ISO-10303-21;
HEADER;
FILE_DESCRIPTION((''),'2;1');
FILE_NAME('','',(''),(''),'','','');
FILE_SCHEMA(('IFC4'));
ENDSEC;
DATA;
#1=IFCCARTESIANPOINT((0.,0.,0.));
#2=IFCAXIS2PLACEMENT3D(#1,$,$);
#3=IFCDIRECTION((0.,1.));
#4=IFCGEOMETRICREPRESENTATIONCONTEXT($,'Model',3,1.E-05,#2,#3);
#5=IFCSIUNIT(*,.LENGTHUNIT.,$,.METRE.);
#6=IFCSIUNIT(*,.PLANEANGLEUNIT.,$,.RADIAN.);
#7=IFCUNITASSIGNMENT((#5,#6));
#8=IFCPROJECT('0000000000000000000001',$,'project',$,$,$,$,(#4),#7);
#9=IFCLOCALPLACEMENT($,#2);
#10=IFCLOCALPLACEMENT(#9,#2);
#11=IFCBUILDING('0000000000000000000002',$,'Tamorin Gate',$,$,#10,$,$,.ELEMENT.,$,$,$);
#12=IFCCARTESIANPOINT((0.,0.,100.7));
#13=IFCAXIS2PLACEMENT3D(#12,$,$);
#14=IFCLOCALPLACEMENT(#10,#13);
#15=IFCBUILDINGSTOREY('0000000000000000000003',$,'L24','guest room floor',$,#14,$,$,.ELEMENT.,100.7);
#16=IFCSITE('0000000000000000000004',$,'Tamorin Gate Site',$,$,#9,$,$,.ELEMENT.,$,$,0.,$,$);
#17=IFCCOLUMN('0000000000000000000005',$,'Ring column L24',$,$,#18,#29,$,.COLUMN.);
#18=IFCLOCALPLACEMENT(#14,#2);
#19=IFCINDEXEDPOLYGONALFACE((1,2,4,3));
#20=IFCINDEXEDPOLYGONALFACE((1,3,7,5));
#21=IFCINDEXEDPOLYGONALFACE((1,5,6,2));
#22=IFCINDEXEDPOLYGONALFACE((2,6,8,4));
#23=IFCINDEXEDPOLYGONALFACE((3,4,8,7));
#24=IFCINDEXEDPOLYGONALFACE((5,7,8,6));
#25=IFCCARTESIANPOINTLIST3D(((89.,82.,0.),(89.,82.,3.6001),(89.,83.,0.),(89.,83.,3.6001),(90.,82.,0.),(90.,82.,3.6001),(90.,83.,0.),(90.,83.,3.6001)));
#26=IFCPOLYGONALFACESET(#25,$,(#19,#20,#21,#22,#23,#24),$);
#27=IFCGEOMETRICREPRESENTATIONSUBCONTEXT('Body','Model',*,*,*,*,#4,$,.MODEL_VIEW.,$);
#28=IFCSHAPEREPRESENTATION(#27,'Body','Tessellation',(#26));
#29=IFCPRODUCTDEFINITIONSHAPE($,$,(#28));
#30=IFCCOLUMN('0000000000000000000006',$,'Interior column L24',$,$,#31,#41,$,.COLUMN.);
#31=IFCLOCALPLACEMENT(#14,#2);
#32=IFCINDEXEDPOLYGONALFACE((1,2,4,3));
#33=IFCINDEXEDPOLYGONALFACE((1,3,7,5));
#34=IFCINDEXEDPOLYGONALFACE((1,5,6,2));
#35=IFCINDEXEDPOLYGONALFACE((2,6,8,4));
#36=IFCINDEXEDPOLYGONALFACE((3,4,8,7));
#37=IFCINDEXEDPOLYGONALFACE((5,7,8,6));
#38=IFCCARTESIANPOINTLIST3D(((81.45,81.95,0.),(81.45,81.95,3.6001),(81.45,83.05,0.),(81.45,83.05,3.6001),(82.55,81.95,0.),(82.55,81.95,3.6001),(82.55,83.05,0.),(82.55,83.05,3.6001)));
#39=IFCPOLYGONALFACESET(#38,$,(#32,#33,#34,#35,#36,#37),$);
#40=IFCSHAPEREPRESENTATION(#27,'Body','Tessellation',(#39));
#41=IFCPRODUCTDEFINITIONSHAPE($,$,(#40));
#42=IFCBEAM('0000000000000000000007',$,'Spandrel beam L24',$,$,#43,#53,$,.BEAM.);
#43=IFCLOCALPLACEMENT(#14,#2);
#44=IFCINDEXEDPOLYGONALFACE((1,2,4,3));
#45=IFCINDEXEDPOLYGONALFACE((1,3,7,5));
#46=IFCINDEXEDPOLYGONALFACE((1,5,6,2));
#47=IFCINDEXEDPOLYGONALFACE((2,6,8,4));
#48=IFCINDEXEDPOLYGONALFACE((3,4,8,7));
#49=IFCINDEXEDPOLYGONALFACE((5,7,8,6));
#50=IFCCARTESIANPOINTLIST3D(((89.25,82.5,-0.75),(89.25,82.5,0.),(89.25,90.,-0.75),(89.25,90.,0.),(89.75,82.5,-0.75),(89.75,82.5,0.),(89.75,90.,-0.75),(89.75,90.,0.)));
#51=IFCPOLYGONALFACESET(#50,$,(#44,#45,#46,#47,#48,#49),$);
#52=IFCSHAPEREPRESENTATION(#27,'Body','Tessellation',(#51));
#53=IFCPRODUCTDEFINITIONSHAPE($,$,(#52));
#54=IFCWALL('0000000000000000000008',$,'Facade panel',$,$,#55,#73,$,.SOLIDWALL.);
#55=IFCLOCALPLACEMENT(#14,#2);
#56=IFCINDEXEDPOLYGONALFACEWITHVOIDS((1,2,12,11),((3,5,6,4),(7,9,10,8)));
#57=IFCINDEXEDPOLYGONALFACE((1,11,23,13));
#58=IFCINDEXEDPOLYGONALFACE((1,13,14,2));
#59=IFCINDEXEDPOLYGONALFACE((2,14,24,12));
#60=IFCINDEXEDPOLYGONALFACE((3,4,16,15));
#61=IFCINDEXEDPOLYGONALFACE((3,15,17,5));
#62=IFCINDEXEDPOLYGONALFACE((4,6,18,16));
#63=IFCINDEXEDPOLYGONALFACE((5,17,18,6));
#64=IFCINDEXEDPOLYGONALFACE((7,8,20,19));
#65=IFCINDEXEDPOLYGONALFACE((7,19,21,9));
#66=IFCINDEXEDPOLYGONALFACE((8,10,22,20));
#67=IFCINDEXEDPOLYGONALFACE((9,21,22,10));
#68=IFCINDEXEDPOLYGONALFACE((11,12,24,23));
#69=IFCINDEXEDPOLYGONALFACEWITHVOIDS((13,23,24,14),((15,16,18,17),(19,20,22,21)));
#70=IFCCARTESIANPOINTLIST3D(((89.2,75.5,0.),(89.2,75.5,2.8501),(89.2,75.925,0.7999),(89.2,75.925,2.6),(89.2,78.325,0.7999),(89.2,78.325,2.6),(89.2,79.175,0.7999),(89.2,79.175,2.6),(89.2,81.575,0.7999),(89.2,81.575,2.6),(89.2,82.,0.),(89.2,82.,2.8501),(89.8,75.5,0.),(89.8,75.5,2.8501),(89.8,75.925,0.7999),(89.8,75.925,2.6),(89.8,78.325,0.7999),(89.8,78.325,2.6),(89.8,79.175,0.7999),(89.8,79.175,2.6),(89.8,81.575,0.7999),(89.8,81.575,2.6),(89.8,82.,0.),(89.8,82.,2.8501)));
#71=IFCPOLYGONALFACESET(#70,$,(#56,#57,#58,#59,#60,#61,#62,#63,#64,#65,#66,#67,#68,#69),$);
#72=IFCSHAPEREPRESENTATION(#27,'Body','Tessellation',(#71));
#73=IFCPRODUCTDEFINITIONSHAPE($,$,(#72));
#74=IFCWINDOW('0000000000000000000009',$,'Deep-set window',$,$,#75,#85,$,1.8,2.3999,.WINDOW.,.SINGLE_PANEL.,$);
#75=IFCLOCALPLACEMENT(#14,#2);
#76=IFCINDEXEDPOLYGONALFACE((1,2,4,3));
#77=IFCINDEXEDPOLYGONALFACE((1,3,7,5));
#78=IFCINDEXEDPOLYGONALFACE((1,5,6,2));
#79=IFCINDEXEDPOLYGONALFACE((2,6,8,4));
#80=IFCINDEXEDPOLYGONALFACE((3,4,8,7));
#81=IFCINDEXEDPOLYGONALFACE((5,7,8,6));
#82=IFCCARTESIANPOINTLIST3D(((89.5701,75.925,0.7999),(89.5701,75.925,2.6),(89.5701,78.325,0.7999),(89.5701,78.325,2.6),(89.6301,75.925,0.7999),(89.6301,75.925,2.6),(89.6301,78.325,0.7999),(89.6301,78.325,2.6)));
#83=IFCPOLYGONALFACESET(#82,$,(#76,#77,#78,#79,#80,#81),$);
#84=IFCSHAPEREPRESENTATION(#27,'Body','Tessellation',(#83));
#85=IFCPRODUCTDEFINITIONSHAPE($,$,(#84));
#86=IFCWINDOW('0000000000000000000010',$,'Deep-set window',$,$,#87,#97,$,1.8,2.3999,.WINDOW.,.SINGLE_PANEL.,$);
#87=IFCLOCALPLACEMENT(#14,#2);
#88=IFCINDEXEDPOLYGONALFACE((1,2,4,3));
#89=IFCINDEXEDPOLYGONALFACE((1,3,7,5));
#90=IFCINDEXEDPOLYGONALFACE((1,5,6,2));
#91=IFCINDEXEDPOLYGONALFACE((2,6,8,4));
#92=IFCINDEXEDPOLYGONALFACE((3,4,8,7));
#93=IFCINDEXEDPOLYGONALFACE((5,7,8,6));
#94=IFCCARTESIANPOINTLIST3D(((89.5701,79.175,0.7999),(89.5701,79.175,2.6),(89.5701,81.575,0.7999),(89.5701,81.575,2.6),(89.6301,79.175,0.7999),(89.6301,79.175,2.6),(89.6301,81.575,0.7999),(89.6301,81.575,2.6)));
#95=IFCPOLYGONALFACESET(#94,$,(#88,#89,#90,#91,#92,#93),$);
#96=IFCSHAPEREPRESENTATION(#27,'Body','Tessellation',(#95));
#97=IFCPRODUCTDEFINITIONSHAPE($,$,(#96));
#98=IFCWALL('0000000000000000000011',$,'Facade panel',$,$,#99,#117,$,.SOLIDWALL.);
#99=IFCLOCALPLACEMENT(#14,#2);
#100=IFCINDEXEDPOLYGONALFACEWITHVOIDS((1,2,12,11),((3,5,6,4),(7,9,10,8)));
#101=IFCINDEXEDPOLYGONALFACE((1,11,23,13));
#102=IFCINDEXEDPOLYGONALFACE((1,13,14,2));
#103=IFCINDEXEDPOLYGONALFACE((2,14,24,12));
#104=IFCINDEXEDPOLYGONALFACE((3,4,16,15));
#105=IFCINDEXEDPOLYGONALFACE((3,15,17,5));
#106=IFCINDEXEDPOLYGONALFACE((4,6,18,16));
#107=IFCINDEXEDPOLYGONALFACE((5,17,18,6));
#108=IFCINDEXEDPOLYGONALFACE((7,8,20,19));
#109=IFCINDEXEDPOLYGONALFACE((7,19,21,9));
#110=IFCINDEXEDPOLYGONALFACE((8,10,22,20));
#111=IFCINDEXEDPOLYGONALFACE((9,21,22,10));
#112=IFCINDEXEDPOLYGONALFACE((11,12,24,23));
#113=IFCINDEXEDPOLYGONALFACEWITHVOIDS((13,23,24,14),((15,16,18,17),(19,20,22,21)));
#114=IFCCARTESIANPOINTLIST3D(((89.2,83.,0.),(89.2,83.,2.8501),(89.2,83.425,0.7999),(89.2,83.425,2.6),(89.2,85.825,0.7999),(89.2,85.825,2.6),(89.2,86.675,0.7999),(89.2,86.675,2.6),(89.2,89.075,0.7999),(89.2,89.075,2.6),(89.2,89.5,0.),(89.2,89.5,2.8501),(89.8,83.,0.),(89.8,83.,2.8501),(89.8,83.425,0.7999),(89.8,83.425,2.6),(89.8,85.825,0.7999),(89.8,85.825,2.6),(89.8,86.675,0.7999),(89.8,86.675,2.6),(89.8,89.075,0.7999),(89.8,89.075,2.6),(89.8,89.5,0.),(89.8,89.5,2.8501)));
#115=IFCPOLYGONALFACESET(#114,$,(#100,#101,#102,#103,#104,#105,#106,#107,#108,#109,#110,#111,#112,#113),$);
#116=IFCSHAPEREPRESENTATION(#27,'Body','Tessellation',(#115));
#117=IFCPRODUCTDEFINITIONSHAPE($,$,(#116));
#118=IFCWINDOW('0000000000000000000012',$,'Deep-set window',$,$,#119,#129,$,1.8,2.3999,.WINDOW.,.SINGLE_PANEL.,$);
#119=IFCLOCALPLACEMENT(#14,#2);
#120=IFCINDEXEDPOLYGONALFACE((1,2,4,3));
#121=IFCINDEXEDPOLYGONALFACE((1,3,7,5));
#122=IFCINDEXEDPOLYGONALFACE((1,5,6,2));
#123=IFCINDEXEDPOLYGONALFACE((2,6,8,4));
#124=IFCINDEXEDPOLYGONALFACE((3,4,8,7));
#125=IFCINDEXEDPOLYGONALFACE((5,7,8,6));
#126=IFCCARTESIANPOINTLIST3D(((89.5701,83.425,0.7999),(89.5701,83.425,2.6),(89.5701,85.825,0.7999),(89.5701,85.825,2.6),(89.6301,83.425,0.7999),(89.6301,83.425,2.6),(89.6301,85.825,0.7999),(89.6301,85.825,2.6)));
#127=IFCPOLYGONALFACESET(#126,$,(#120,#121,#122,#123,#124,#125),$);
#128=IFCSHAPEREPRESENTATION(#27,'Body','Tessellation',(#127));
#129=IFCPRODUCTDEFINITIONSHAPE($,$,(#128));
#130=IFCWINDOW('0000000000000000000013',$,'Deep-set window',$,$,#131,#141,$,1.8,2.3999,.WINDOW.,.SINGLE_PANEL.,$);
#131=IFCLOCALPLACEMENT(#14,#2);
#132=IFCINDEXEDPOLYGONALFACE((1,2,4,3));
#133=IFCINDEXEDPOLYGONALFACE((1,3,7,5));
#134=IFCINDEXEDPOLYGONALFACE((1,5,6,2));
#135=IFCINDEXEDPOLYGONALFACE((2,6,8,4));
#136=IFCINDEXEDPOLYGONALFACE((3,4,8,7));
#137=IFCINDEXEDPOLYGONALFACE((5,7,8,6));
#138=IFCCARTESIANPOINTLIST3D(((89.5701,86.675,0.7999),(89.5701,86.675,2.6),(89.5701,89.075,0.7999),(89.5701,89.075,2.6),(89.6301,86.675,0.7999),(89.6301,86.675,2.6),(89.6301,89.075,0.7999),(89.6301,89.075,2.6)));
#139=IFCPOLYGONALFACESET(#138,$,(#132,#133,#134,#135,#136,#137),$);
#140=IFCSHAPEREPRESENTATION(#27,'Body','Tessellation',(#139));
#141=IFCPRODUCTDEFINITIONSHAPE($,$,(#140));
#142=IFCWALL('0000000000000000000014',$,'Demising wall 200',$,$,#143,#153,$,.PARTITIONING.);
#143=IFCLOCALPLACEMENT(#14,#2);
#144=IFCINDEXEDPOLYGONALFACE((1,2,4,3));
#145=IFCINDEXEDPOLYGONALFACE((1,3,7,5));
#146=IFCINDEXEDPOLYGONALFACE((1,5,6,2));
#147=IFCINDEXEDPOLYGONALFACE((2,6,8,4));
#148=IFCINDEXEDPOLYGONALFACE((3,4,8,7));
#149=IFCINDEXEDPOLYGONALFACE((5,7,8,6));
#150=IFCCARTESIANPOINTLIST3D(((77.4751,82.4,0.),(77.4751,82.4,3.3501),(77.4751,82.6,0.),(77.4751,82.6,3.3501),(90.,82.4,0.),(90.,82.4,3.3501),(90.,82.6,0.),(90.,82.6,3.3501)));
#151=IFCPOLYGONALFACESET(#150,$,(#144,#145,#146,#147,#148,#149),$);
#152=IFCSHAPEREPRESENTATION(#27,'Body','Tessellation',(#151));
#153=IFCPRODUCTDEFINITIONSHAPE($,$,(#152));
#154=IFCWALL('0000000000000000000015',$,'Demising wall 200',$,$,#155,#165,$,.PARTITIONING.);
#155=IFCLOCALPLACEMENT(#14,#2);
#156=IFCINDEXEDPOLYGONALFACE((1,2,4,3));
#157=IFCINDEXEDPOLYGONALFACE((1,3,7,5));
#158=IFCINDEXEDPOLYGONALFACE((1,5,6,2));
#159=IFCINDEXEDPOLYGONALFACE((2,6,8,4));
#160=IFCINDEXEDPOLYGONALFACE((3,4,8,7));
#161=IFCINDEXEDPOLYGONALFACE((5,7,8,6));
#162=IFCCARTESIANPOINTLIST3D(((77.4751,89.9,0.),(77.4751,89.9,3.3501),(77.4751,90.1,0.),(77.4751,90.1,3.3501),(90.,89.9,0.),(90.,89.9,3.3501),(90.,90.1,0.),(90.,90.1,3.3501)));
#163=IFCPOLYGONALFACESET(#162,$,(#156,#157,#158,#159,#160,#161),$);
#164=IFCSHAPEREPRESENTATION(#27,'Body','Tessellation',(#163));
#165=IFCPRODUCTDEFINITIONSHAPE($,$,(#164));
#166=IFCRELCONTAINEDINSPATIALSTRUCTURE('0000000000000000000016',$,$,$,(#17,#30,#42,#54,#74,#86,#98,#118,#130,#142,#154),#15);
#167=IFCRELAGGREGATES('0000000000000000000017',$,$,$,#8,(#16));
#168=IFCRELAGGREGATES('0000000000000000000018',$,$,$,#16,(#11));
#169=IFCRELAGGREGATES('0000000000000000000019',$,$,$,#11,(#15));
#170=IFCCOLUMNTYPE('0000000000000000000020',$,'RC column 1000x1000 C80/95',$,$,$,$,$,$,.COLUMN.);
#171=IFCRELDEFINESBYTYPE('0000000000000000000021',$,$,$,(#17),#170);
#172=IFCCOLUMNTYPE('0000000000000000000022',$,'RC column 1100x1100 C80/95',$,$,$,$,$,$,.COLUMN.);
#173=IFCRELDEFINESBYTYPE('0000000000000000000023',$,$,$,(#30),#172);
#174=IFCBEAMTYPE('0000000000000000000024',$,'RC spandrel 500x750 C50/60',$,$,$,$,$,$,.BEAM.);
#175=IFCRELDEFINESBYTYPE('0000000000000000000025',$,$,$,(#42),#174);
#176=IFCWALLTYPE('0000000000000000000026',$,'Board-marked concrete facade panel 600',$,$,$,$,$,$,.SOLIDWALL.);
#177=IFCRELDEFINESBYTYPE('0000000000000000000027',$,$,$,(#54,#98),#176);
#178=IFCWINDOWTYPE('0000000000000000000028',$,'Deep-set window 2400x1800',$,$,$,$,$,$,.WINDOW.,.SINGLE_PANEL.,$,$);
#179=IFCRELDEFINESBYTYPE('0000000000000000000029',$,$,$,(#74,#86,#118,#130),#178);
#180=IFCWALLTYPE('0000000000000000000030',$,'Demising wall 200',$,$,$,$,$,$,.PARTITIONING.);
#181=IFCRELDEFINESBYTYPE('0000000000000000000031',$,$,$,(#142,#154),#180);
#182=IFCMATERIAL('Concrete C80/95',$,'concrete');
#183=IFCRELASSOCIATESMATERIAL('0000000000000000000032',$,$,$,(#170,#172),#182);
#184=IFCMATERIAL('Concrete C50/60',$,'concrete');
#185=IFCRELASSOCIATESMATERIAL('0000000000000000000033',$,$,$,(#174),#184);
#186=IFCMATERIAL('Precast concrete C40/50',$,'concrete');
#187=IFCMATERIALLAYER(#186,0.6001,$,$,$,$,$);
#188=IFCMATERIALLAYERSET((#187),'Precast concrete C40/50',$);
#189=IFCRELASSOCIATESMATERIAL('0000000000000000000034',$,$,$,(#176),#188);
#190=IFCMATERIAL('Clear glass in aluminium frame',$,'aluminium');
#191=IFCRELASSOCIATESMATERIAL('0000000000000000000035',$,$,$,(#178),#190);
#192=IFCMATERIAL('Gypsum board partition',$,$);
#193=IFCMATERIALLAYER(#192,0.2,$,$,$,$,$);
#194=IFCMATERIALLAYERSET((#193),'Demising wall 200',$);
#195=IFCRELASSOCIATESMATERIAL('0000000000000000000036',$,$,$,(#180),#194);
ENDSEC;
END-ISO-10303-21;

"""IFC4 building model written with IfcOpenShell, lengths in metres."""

from ifc_helpers import new_model, si_unit, direction, frame, frame_2d, origin, origin_2d, place, context, subcontext, project, spatial, rectangle, extrude, material, layer, layer_set, material_profile, profile_set, type_object, element, fill, save


model = new_model("IFC4")

# Units and contexts
model_context = context("Model", 3, precision=1e-05, world=origin(), true_north=direction((0.0, 1.0)))
body_context = subcontext(model_context, "Body", "Model", "MODEL_VIEW")
ifc_project = project(units=[si_unit("LENGTHUNIT", "METRE"), si_unit("PLANEANGLEUNIT", "RADIAN")], contexts=[model_context])

# Site, building, storey
site_placement = place(None, origin())
site = spatial("IfcSite", under=ifc_project, at=site_placement, Name="Tamorin Gate Site", CompositionType="ELEMENT", RefElevation=0.0)
building_placement = place(site_placement, origin())
building = spatial("IfcBuilding", under=site, at=building_placement, Name="Tamorin Gate", CompositionType="ELEMENT")
storey_placement = place(building_placement, frame((0.0, 0.0, 100.7)))
storey = spatial("IfcBuildingStorey", under=building, at=storey_placement, Name="L24", Description="guest room floor", CompositionType="ELEMENT", Elevation=100.7)

# Columns
ifc_material_1 = material(Name="Concrete C80/95", Category="concrete")
ifc_material_profile_1 = material_profile(ifc_material_1, rectangle(XDim=1.0, YDim=1.0, at=origin_2d()), Name="RC 1000x1000")
ifc_profile_set_1 = profile_set([ifc_material_profile_1], Name="Concrete C80/95")
column_type_1 = type_object("IfcColumnType", Name="RC column 1000x1000 C80/95", PredefinedType="COLUMN", material=ifc_profile_set_1)
column_1_placement = place(storey_placement, frame((89.5, 82.5, 0.0), z_axis=(0.0, 0.0, 1.0), x_axis=(1.0, 0.0, 0.0)))
element("IfcColumn", 1, at=column_1_placement, inside=storey, type_object=column_type_1, Name="Ring column L24", PredefinedType="COLUMN", context=body_context, shape_type="SweptSolid", body=[
    extrude(rectangle(XDim=1.0, YDim=1.0, at=origin_2d()), origin(), (0.0, 0.0, 1.0), 3.6001),
])
ifc_material_profile_2 = material_profile(ifc_material_1, rectangle(XDim=1.1001, YDim=1.1001, at=origin_2d()), Name="RC 1100x1100")
ifc_profile_set_2 = profile_set([ifc_material_profile_2], Name="Concrete C80/95")
column_type_2 = type_object("IfcColumnType", Name="RC column 1100x1100 C80/95", PredefinedType="COLUMN", material=ifc_profile_set_2)
column_2_placement = place(storey_placement, frame((82.0, 82.5, 0.0), z_axis=(0.0, 0.0, 1.0), x_axis=(1.0, 0.0, 0.0)))
element("IfcColumn", 2, at=column_2_placement, inside=storey, type_object=column_type_2, Name="Interior column L24", PredefinedType="COLUMN", context=body_context, shape_type="SweptSolid", body=[
    extrude(rectangle(XDim=1.1001, YDim=1.1001, at=origin_2d()), origin(), (0.0, 0.0, 1.0), 3.6001),
])

# Beam
ifc_material_2 = material(Name="Concrete C50/60", Category="concrete")
ifc_material_profile_3 = material_profile(ifc_material_2, rectangle(XDim=0.5, YDim=0.75, at=origin_2d()), Name="RC 500x750")
ifc_profile_set_3 = profile_set([ifc_material_profile_3], Name="Concrete C50/60")
beam_type = type_object("IfcBeamType", Name="RC spandrel 500x750 C50/60", PredefinedType="BEAM", material=ifc_profile_set_3)
beam_placement = place(storey_placement, frame((89.5, 82.5, -0.375), z_axis=(0.0, 1.0, 0.0), x_axis=(-1.0, 0.0, 0.0)))
element("IfcBeam", 3, at=beam_placement, inside=storey, type_object=beam_type, Name="Spandrel beam L24", PredefinedType="BEAM", context=body_context, shape_type="SweptSolid", body=[
    extrude(rectangle(XDim=0.5, YDim=0.75, at=origin_2d()), origin(), (0.0, 0.0, 1.0), 7.5),
])

# Walls, openings, windows
ifc_material_3 = material(Name="Precast concrete C40/50", Category="concrete")
ifc_layer_1 = layer(ifc_material_3, 0.6001)
ifc_layer_set_1 = layer_set([ifc_layer_1], Name="Precast concrete C40/50")
wall_type_1 = type_object("IfcWallType", Name="Board-marked concrete facade panel 600", PredefinedType="SOLIDWALL", material=ifc_layer_set_1)
wall_1_placement = place(storey_placement, frame((89.5, 75.5, 0.0), z_axis=(0.0, 0.0, 1.0), x_axis=(0.0, 1.0, 0.0)))
wall_1 = element("IfcWall", 4, at=wall_1_placement, inside=storey, type_object=wall_type_1, Name="Facade panel", PredefinedType="SOLIDWALL", context=body_context, shape_type="SweptSolid", body=[
    extrude(rectangle(XDim=6.5, YDim=0.6001, at=frame_2d((3.25, 0.0))), origin(), (0.0, 0.0, 1.0), 2.8501),
])
opening_1_placement = place(wall_1_placement, frame((0.425, 0.0, 0.8)))
opening_1 = element("IfcOpeningElement", 5, at=opening_1_placement, cuts=wall_1, PredefinedType="OPENING", context=body_context, shape_type="SweptSolid", body=[
    extrude(rectangle(XDim=2.3999, YDim=1.8, at=frame_2d((1.2, 0.8999))), frame((0.0, 0.3101, 0.0), z_axis=(0.0, -1.0, 0.0), x_axis=(1.0, 0.0, 0.0)), (0.0, 0.0, 1.0), 0.6201),
])
opening_2_placement = place(wall_1_placement, frame((3.675, 0.0, 0.8)))
opening_2 = element("IfcOpeningElement", 6, at=opening_2_placement, cuts=wall_1, PredefinedType="OPENING", context=body_context, shape_type="SweptSolid", body=[
    extrude(rectangle(XDim=2.3999, YDim=1.8, at=frame_2d((1.2, 0.8999))), frame((0.0, 0.3101, 0.0), z_axis=(0.0, -1.0, 0.0), x_axis=(1.0, 0.0, 0.0)), (0.0, 0.0, 1.0), 0.6201),
])
ifc_material_4 = material(Name="Clear glass in aluminium frame", Category="aluminium")
window_type = type_object("IfcWindowType", Name="Deep-set window 2400x1800", PartitioningType="SINGLE_PANEL", PredefinedType="WINDOW", material=ifc_material_4)
window_1_placement = place(opening_1_placement, origin())
window_1 = element("IfcWindow", 7, at=window_1_placement, inside=storey, type_object=window_type, Name="Deep-set window", OverallHeight=1.8, OverallWidth=2.3999, PartitioningType="SINGLE_PANEL", PredefinedType="WINDOW", context=body_context, shape_type="SweptSolid", body=[
    extrude(rectangle(XDim=2.3999, YDim=1.8, at=frame_2d((1.2, 0.8999))), frame((0.0, -0.0701, 0.0), z_axis=(0.0, -1.0, 0.0), x_axis=(1.0, 0.0, 0.0)), (0.0, 0.0, 1.0), 0.0601),
])
fill(opening_1, window_1)
window_2_placement = place(opening_2_placement, origin())
window_2 = element("IfcWindow", 8, at=window_2_placement, inside=storey, type_object=window_type, Name="Deep-set window", OverallHeight=1.8, OverallWidth=2.3999, PartitioningType="SINGLE_PANEL", PredefinedType="WINDOW", context=body_context, shape_type="SweptSolid", body=[
    extrude(rectangle(XDim=2.3999, YDim=1.8, at=frame_2d((1.2, 0.8999))), frame((0.0, -0.0701, 0.0), z_axis=(0.0, -1.0, 0.0), x_axis=(1.0, 0.0, 0.0)), (0.0, 0.0, 1.0), 0.0601),
])
fill(opening_2, window_2)
wall_2_placement = place(storey_placement, frame((89.5, 83.0, 0.0), z_axis=(0.0, 0.0, 1.0), x_axis=(0.0, 1.0, 0.0)))
wall_2 = element("IfcWall", 9, at=wall_2_placement, inside=storey, type_object=wall_type_1, Name="Facade panel", PredefinedType="SOLIDWALL", context=body_context, shape_type="SweptSolid", body=[
    extrude(rectangle(XDim=6.5, YDim=0.6001, at=frame_2d((3.25, 0.0))), origin(), (0.0, 0.0, 1.0), 2.8501),
])
opening_3_placement = place(wall_2_placement, frame((0.425, 0.0, 0.8)))
opening_3 = element("IfcOpeningElement", 10, at=opening_3_placement, cuts=wall_2, PredefinedType="OPENING", context=body_context, shape_type="SweptSolid", body=[
    extrude(rectangle(XDim=2.3999, YDim=1.8, at=frame_2d((1.2, 0.8999))), frame((0.0, 0.3101, 0.0), z_axis=(0.0, -1.0, 0.0), x_axis=(1.0, 0.0, 0.0)), (0.0, 0.0, 1.0), 0.6201),
])
opening_4_placement = place(wall_2_placement, frame((3.675, 0.0, 0.8)))
opening_4 = element("IfcOpeningElement", 11, at=opening_4_placement, cuts=wall_2, PredefinedType="OPENING", context=body_context, shape_type="SweptSolid", body=[
    extrude(rectangle(XDim=2.3999, YDim=1.8, at=frame_2d((1.2, 0.8999))), frame((0.0, 0.3101, 0.0), z_axis=(0.0, -1.0, 0.0), x_axis=(1.0, 0.0, 0.0)), (0.0, 0.0, 1.0), 0.6201),
])
window_3_placement = place(opening_3_placement, origin())
window_3 = element("IfcWindow", 12, at=window_3_placement, inside=storey, type_object=window_type, Name="Deep-set window", OverallHeight=1.8, OverallWidth=2.3999, PartitioningType="SINGLE_PANEL", PredefinedType="WINDOW", context=body_context, shape_type="SweptSolid", body=[
    extrude(rectangle(XDim=2.3999, YDim=1.8, at=frame_2d((1.2, 0.8999))), frame((0.0, -0.0701, 0.0), z_axis=(0.0, -1.0, 0.0), x_axis=(1.0, 0.0, 0.0)), (0.0, 0.0, 1.0), 0.0601),
])
fill(opening_3, window_3)
window_4_placement = place(opening_4_placement, origin())
window_4 = element("IfcWindow", 13, at=window_4_placement, inside=storey, type_object=window_type, Name="Deep-set window", OverallHeight=1.8, OverallWidth=2.3999, PartitioningType="SINGLE_PANEL", PredefinedType="WINDOW", context=body_context, shape_type="SweptSolid", body=[
    extrude(rectangle(XDim=2.3999, YDim=1.8, at=frame_2d((1.2, 0.8999))), frame((0.0, -0.0701, 0.0), z_axis=(0.0, -1.0, 0.0), x_axis=(1.0, 0.0, 0.0)), (0.0, 0.0, 1.0), 0.0601),
])
fill(opening_4, window_4)

# Walls
ifc_material_5 = material(Name="Gypsum board partition")
ifc_layer_2 = layer(ifc_material_5, 0.2)
ifc_layer_set_2 = layer_set([ifc_layer_2], Name="Demising wall 200")
wall_type_2 = type_object("IfcWallType", Name="Demising wall 200", PredefinedType="PARTITIONING", material=ifc_layer_set_2)
for number, where, z_axis, x_axis, name in (
    (14, (77.4751, 82.5, 0.0), (0.0, 0.0, 1.0), (1.0, 0.0, 0.0), "Demising wall 200"),
    (15, (77.4751, 90.0, 0.0), (0.0, 0.0, 1.0), (1.0, 0.0, 0.0), "Demising wall 200"),
):
    element("IfcWall", number, at=place(storey_placement, frame(where, z_axis=z_axis, x_axis=x_axis)), inside=storey, type_object=wall_type_2, Name=name, PredefinedType="PARTITIONING", context=body_context, shape_type="SweptSolid", body=[
        extrude(rectangle(XDim=12.5249, YDim=0.2, at=frame_2d((6.2625, 0.0))), origin(), (0.0, 0.0, 1.0), 3.3501),
    ])

save(model, "model.ifc")
